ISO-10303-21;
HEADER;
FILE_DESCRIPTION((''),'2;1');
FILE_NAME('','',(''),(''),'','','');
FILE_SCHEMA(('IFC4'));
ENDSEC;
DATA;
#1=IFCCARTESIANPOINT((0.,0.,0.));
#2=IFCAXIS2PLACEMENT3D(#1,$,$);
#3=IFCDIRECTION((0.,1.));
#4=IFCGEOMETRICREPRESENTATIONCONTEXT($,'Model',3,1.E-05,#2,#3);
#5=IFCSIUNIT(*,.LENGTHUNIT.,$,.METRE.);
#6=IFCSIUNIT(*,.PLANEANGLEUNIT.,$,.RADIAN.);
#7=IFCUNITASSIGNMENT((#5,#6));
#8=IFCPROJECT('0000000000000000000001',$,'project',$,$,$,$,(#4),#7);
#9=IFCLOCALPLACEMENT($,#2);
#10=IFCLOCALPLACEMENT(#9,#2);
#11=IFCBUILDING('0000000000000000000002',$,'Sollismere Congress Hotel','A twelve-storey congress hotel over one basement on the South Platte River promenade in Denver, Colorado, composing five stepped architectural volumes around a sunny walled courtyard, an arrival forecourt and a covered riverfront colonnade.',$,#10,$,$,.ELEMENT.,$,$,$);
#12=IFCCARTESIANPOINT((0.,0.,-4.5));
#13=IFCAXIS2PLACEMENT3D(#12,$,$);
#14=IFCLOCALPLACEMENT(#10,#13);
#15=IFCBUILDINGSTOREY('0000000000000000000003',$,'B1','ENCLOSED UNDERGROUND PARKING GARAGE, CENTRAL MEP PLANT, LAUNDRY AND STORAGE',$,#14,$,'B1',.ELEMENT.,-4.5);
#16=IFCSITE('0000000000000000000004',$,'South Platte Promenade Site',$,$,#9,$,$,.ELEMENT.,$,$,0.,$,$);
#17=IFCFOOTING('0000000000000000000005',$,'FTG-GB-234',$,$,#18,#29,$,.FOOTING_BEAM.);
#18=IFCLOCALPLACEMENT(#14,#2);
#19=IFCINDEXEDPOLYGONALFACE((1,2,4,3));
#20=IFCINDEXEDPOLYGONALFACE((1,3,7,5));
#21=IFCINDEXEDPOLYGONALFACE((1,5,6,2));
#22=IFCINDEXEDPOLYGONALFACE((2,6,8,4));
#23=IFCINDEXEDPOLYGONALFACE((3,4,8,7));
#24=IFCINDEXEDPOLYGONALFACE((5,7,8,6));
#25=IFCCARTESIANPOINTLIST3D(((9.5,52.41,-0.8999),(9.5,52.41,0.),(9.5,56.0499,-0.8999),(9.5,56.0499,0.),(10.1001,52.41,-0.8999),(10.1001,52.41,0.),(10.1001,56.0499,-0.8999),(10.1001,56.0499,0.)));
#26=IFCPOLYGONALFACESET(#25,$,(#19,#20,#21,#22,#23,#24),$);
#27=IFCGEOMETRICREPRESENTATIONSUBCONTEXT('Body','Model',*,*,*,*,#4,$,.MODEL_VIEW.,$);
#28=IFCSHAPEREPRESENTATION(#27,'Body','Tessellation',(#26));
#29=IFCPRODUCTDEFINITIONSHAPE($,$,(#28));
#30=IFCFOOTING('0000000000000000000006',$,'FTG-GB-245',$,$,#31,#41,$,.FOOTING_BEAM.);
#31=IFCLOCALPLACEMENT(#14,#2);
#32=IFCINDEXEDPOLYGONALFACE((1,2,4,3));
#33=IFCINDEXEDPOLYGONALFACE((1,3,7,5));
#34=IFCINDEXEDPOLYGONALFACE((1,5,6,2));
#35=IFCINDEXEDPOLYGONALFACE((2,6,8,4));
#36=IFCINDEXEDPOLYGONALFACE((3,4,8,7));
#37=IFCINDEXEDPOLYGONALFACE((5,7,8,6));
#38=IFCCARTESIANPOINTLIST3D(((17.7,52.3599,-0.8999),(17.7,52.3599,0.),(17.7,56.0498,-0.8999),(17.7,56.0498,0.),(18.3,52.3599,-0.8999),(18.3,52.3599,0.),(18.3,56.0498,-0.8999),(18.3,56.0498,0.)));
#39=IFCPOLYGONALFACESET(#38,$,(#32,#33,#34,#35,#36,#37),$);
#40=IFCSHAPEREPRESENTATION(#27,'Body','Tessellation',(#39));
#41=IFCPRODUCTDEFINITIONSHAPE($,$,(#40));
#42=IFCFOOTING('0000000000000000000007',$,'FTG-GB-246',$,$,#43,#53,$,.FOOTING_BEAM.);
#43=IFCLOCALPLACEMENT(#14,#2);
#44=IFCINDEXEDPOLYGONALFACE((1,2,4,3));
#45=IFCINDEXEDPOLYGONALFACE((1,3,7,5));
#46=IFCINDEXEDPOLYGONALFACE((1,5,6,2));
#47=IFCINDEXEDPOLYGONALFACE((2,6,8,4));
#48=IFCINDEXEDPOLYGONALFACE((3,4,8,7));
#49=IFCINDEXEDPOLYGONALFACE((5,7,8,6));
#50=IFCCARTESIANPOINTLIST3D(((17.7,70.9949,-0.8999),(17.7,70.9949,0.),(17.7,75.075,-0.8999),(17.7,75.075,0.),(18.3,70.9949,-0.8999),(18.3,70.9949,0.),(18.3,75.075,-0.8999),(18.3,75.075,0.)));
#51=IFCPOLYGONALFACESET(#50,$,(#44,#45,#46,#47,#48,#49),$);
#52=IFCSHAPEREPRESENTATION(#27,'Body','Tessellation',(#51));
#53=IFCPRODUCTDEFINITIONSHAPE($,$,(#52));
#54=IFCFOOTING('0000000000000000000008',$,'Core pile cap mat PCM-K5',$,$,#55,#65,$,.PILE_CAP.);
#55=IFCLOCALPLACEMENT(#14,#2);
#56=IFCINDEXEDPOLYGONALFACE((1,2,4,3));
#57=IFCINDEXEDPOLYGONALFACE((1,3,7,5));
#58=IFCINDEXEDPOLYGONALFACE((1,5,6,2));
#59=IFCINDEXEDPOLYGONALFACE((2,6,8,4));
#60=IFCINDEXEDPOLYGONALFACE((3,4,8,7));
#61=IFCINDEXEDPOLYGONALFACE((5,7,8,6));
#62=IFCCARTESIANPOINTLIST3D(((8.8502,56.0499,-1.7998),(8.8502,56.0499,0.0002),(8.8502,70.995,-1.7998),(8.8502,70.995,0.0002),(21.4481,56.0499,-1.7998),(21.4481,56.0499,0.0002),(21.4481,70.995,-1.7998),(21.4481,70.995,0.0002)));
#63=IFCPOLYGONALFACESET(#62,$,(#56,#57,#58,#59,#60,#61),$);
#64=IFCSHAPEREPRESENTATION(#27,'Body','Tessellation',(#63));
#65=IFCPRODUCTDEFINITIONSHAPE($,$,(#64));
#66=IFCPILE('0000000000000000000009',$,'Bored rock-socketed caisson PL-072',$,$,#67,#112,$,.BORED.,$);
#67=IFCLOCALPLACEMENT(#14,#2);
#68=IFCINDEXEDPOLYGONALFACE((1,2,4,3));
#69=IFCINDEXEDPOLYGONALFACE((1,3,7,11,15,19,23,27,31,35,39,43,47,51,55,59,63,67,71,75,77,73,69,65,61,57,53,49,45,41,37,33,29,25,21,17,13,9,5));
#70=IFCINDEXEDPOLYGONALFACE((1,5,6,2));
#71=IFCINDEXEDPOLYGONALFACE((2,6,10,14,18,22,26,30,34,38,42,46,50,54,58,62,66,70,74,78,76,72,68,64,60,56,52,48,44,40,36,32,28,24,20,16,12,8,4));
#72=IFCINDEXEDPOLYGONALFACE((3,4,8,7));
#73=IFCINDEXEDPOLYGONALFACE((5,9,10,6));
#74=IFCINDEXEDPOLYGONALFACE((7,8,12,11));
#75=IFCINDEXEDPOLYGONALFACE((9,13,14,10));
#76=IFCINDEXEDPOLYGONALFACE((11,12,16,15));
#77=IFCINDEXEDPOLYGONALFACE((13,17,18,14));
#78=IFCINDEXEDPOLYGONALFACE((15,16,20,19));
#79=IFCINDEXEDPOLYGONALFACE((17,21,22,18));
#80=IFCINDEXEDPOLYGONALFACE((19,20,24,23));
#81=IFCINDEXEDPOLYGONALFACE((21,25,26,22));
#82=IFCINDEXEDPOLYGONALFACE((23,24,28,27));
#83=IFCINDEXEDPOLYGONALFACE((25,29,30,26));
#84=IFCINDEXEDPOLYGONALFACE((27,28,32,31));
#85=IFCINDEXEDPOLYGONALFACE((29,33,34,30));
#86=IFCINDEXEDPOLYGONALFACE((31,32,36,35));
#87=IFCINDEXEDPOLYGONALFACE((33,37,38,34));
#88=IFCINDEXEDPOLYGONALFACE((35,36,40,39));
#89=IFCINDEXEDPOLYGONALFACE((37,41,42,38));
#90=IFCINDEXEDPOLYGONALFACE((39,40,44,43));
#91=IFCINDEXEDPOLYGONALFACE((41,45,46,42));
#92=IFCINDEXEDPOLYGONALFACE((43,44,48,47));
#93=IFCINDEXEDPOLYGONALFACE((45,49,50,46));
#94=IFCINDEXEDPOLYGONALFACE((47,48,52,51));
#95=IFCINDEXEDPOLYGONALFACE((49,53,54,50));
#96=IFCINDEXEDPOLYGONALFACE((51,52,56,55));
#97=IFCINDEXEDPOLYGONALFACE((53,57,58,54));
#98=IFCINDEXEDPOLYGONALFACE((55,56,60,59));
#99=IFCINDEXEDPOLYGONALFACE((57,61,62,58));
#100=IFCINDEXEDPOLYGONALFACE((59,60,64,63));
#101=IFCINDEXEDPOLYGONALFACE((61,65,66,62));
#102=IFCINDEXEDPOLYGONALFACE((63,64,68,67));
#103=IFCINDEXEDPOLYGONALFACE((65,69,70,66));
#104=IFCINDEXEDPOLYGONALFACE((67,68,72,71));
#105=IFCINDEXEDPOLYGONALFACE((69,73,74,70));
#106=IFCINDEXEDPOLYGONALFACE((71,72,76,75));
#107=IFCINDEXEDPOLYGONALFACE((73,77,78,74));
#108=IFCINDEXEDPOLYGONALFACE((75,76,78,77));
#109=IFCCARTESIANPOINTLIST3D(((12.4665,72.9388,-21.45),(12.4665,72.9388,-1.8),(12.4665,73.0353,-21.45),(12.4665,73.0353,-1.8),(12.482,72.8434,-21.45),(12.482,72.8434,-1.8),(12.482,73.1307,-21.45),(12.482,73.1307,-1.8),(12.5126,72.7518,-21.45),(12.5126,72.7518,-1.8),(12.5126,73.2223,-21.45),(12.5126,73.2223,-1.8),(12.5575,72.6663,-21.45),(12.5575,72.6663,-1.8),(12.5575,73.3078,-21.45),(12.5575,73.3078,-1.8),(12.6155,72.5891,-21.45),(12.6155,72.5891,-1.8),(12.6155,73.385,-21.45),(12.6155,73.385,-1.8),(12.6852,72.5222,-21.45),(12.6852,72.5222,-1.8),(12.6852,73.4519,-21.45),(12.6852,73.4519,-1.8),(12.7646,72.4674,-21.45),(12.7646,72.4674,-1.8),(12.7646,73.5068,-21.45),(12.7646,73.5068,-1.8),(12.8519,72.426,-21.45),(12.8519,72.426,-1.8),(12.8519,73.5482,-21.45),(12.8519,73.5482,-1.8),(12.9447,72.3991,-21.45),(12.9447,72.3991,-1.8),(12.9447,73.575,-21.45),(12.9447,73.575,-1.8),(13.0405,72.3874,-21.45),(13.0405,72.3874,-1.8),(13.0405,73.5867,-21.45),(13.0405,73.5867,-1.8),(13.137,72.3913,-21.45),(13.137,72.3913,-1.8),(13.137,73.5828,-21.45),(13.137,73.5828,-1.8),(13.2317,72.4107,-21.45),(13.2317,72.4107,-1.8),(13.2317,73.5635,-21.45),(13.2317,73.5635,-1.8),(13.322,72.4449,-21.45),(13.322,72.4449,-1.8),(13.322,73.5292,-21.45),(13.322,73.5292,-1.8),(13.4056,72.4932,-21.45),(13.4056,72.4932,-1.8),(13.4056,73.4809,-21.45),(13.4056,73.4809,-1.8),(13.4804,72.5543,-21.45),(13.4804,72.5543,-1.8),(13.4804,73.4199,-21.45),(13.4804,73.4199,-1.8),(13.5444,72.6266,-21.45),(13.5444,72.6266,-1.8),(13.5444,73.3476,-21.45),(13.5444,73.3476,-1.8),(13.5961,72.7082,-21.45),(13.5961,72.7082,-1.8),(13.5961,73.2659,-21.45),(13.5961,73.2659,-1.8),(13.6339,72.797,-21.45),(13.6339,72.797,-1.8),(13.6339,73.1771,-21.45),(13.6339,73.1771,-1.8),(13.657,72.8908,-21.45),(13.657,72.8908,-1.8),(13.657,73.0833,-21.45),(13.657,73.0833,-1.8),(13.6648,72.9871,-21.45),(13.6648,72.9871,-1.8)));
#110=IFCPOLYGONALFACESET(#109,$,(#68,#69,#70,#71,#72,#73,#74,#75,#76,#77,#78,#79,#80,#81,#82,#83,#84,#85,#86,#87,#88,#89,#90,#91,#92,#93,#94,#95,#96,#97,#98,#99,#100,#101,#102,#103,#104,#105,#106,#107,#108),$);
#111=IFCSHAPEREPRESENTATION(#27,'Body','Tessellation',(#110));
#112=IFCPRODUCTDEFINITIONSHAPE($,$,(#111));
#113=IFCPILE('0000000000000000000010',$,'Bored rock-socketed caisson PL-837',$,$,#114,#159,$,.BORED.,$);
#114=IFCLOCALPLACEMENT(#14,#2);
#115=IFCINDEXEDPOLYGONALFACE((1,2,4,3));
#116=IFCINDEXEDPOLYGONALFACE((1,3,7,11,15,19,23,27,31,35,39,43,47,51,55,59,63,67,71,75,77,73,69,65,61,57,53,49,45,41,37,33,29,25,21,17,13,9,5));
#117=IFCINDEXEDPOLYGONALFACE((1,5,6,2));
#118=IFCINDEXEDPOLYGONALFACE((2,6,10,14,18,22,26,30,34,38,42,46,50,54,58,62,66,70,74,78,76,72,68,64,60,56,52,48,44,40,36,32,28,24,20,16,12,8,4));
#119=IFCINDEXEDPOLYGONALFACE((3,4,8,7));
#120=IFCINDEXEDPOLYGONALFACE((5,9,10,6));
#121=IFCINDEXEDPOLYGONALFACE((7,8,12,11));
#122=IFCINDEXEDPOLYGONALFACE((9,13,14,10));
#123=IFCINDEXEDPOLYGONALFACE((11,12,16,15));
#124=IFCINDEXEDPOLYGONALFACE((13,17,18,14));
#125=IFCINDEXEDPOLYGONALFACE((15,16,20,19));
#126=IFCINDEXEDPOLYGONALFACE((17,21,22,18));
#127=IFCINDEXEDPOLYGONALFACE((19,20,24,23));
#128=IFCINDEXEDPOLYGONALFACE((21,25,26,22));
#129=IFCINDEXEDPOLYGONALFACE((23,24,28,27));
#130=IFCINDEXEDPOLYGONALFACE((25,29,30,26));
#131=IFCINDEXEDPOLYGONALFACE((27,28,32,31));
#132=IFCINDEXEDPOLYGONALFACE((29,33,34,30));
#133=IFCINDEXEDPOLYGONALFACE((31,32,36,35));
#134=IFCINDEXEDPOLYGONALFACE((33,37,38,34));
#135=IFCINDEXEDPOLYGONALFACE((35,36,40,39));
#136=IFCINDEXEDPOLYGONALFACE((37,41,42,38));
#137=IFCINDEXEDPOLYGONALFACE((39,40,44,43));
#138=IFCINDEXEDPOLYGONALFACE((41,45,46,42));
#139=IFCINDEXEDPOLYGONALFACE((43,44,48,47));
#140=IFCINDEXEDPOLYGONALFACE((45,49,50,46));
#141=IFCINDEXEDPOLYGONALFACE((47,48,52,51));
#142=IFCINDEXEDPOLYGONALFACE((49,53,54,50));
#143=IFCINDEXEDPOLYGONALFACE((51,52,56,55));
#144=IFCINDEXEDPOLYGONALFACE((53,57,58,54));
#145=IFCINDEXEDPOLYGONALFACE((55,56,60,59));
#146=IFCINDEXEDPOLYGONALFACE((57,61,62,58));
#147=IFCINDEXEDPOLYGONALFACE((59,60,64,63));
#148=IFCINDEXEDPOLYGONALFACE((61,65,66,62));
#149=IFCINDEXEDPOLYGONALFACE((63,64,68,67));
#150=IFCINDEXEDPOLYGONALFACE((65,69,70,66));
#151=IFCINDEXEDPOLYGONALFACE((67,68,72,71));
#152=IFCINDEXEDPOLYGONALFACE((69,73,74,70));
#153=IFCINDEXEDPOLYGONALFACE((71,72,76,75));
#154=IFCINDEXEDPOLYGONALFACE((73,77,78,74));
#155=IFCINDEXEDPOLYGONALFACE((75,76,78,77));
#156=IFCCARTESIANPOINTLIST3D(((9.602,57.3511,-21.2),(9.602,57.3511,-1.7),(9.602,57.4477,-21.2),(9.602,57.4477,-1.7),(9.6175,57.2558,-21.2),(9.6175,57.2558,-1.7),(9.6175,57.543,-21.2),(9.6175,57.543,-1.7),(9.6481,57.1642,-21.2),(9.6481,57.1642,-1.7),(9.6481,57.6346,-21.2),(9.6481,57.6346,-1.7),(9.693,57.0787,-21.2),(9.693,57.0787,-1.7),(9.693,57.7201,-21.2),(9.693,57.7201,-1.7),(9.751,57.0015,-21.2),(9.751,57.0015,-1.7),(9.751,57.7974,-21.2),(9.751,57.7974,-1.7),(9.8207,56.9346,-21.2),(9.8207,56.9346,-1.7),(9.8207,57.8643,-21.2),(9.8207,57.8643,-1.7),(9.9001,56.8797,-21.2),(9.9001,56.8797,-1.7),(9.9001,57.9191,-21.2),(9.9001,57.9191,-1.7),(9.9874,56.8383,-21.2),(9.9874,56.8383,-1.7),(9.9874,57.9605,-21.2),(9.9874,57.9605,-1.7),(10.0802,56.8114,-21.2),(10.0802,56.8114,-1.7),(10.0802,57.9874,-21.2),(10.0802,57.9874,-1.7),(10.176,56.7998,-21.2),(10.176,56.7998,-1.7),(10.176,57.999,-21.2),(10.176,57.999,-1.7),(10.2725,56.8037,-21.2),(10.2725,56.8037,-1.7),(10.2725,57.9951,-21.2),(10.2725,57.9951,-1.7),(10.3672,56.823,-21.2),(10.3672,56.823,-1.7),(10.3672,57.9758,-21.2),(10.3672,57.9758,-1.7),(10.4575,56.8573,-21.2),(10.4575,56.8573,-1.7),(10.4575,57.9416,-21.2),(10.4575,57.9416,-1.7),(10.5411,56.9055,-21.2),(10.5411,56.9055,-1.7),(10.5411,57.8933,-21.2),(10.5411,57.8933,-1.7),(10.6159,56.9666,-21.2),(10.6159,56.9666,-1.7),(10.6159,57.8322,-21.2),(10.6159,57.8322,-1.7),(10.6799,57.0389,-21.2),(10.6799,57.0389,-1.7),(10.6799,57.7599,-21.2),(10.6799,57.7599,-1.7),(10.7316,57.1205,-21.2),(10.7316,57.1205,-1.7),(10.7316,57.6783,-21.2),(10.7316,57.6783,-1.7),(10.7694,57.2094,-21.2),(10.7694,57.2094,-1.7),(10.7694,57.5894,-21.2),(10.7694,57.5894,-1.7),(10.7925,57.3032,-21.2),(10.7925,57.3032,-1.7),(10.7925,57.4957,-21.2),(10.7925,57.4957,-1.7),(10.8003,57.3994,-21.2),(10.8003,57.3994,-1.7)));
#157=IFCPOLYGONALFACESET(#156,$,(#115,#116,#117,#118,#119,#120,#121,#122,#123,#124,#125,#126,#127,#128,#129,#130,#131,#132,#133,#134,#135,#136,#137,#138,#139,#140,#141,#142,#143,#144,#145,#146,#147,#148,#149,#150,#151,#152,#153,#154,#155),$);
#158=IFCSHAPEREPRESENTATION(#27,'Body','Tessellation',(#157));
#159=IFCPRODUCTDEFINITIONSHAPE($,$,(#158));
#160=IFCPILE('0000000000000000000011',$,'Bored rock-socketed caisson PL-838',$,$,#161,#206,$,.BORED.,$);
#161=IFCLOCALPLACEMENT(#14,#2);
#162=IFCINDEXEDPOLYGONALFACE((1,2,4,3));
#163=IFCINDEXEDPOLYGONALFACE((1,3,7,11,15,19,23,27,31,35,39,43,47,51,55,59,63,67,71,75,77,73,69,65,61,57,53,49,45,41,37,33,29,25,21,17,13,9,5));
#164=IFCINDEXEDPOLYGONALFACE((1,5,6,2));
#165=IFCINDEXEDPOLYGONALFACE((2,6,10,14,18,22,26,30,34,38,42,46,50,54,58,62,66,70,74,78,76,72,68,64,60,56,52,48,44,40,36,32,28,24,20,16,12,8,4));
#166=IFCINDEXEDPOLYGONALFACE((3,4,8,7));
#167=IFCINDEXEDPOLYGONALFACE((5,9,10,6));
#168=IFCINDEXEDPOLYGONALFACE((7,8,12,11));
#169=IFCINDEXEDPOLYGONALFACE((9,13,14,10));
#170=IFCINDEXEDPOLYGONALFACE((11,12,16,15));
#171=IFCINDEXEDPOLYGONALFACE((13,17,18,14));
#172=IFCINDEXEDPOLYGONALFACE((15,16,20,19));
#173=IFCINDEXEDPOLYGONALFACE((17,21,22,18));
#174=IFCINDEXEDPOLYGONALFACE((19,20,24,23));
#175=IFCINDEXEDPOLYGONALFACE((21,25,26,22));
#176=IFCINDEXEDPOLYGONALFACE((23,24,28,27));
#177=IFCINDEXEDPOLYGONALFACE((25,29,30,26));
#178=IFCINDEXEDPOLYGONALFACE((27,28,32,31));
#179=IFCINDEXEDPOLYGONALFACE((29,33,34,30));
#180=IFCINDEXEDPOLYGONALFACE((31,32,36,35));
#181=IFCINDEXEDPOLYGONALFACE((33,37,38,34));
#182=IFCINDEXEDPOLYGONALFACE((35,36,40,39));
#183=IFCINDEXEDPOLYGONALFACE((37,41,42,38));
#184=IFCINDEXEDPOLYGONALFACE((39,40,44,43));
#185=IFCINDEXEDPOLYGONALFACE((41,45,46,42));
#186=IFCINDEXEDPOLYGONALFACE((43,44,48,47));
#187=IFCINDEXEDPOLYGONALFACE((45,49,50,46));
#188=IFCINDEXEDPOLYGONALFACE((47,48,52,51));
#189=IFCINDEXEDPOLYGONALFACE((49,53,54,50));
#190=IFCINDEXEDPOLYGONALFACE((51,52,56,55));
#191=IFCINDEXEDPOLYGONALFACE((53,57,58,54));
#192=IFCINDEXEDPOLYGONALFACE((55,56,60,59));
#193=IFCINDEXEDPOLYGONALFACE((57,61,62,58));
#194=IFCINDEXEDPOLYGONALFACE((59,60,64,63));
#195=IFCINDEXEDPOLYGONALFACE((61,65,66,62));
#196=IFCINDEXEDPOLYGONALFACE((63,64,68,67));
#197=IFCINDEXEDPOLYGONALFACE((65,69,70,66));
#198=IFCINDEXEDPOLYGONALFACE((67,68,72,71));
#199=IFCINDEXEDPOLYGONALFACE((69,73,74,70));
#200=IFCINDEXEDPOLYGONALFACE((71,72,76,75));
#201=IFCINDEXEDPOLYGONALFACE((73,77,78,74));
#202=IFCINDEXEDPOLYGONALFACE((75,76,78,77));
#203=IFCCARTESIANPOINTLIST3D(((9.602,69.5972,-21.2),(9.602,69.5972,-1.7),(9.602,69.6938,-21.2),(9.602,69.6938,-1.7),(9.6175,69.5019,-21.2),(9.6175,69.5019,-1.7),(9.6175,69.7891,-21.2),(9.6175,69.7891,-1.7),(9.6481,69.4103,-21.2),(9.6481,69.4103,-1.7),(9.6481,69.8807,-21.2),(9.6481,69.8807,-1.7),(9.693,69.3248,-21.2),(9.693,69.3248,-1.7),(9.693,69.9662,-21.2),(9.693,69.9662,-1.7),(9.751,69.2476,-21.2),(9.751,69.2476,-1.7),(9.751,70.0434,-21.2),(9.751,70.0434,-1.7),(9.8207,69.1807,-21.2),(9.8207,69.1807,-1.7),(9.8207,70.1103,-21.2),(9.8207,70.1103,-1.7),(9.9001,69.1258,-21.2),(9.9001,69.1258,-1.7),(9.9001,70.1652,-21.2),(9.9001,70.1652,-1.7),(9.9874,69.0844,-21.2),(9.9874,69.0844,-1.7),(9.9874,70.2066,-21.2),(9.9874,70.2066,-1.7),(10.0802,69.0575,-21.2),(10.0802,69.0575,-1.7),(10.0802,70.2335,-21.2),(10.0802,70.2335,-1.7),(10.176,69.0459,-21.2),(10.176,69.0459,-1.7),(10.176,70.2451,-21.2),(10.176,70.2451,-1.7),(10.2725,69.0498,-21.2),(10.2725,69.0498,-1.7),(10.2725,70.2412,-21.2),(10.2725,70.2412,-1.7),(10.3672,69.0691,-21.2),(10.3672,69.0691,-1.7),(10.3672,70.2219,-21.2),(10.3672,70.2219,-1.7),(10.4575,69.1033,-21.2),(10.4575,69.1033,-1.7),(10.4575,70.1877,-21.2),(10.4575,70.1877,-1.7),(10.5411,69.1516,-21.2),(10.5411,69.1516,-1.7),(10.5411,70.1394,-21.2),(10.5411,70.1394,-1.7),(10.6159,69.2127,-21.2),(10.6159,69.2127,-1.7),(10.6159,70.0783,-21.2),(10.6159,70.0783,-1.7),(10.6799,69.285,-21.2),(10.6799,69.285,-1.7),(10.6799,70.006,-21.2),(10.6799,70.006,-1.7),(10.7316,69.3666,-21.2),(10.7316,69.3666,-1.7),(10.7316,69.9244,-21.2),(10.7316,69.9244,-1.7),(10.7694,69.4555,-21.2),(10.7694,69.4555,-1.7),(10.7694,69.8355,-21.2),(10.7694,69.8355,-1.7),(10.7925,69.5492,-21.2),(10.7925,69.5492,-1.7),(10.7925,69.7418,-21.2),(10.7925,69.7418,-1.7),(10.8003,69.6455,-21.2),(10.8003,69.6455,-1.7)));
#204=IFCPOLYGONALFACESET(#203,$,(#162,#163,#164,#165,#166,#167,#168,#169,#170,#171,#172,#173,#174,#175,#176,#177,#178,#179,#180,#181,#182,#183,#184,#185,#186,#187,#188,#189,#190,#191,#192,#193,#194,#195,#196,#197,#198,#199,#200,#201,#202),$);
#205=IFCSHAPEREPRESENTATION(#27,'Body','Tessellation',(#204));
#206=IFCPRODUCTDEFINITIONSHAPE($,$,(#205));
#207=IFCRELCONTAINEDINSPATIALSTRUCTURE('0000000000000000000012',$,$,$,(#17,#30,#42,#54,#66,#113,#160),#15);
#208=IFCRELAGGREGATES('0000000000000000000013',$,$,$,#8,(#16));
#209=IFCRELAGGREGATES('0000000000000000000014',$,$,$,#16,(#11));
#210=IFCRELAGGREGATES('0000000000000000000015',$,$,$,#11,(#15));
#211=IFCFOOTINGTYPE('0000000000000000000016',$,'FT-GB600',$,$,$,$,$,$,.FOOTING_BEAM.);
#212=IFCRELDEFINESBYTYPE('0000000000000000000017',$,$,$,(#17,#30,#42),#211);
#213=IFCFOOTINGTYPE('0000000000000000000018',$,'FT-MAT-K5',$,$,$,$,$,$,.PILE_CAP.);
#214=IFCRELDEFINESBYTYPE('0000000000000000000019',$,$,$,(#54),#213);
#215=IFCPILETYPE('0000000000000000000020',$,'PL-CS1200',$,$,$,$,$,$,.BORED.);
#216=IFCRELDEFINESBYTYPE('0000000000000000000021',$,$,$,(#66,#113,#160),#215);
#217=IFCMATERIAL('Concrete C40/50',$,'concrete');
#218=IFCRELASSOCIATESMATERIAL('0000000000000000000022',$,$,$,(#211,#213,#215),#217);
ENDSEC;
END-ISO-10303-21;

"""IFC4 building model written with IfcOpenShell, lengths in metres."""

from ifc_helpers import new_model, si_unit, direction, frame, origin, origin_2d, place, context, subcontext, project, spatial, rectangle, circle, extrude, material, material_profile, profile_set, type_object, element, save


model = new_model("IFC4")

# Units and contexts
model_context = context("Model", 3, precision=1e-05, world=origin(), true_north=direction((0.0, 1.0)))
body_context = subcontext(model_context, "Body", "Model", "MODEL_VIEW")
ifc_project = project(units=[si_unit("LENGTHUNIT", "METRE"), si_unit("PLANEANGLEUNIT", "RADIAN")], contexts=[model_context])

# Site, building, storey
site_placement = place(None, origin())
site = spatial("IfcSite", under=ifc_project, at=site_placement, Name="South Platte Promenade Site", CompositionType="ELEMENT", RefElevation=0.0)
building_placement = place(site_placement, origin())
building = spatial("IfcBuilding", under=site, at=building_placement, Name="Sollismere Congress Hotel", Description="A twelve-storey congress hotel over one basement on the South Platte River promenade in Denver, Colorado, composing five stepped architectural volumes around a sunny walled courtyard, an arrival forecourt and a covered riverfront colonnade.", CompositionType="ELEMENT")
storey_placement = place(building_placement, frame((0.0, 0.0, -4.5)))
storey = spatial("IfcBuildingStorey", under=building, at=storey_placement, Name="B1", Description="ENCLOSED UNDERGROUND PARKING GARAGE, CENTRAL MEP PLANT, LAUNDRY AND STORAGE", LongName="B1", CompositionType="ELEMENT", Elevation=-4.5)

# Footings
ifc_material_1 = material(Name="Concrete C40/50", Category="concrete")
footing_type_1 = type_object("IfcFootingType", Name="FT-GB600", PredefinedType="FOOTING_BEAM", material=ifc_material_1)
footing_1_placement = place(storey_placement, frame((9.8, 54.23, -0.8999), z_axis=(0.0, 0.0, 1.0), x_axis=(0.0, 1.0, 0.0)))
element("IfcFooting", 1, at=footing_1_placement, inside=storey, type_object=footing_type_1, Name="FTG-GB-234", PredefinedType="FOOTING_BEAM", context=body_context, shape_type="SweptSolid", body=[
    extrude(rectangle(XDim=3.6399, YDim=0.6001, at=origin_2d()), origin(), (0.0, 0.0, 1.0), 0.8999),
])
footing_2_placement = place(storey_placement, frame((18.0, 54.2048, -0.8999), z_axis=(0.0, 0.0, 1.0), x_axis=(0.0, 1.0, 0.0)))
element("IfcFooting", 2, at=footing_2_placement, inside=storey, type_object=footing_type_1, Name="FTG-GB-245", PredefinedType="FOOTING_BEAM", context=body_context, shape_type="SweptSolid", body=[
    extrude(rectangle(XDim=3.6899, YDim=0.6001, at=origin_2d()), origin(), (0.0, 0.0, 1.0), 0.8999),
])
footing_3_placement = place(storey_placement, frame((18.0, 73.0349, -0.8999), z_axis=(0.0, 0.0, 1.0), x_axis=(0.0, 1.0, 0.0)))
element("IfcFooting", 3, at=footing_3_placement, inside=storey, type_object=footing_type_1, Name="FTG-GB-246", PredefinedType="FOOTING_BEAM", context=body_context, shape_type="SweptSolid", body=[
    extrude(rectangle(XDim=4.0801, YDim=0.6001, at=origin_2d()), origin(), (0.0, 0.0, 1.0), 0.8999),
])
footing_type_2 = type_object("IfcFootingType", Name="FT-MAT-K5", PredefinedType="PILE_CAP", material=ifc_material_1)
footing_4_placement = place(storey_placement, frame((15.1492, 63.5225, -1.7998), z_axis=(0.0, 0.0, 1.0), x_axis=(1.0, 0.0, 0.0)))
element("IfcFooting", 4, at=footing_4_placement, inside=storey, type_object=footing_type_2, Name="Core pile cap mat PCM-K5", PredefinedType="PILE_CAP", context=body_context, shape_type="SweptSolid", body=[
    extrude(rectangle(XDim=12.5979, YDim=14.9451, at=origin_2d()), origin(), (0.0, 0.0, 1.0), 1.8),
])

# Piles
ifc_material_profile_1 = material_profile(ifc_material_1, circle(Radius=0.6001, at=origin_2d()), Name="CAISSON1200")
ifc_profile_set_1 = profile_set([ifc_material_profile_1], Name="Concrete C40/50")
pile_type = type_object("IfcPileType", Name="PL-CS1200", PredefinedType="BORED", material=ifc_profile_set_1)
pile_placement = place(storey_placement, frame((13.0647, 72.9871, -1.8), z_axis=(0.0, 0.0, -1.0), x_axis=(1.0, 0.0, 0.0)))
element("IfcPile", 5, at=pile_placement, inside=storey, type_object=pile_type, Name="Bored rock-socketed caisson PL-072", PredefinedType="BORED", context=body_context, shape_type="SweptSolid", body=[
    extrude(circle(Radius=0.6001, at=origin_2d()), origin(), (0.0, 0.0, 1.0), 19.6499),
])
for number, where, z_axis, x_axis, name in (
    (6, (10.2002, 57.3994, -1.7), (0.0, 0.0, -1.0), (1.0, 0.0, 0.0), "Bored rock-socketed caisson PL-837"),
    (7, (10.2002, 69.6455, -1.7), (0.0, 0.0, -1.0), (1.0, 0.0, 0.0), "Bored rock-socketed caisson PL-838"),
):
    element("IfcPile", number, at=place(storey_placement, frame(where, z_axis=z_axis, x_axis=x_axis)), inside=storey, type_object=pile_type, Name=name, PredefinedType="BORED", context=body_context, shape_type="SweptSolid", body=[
        extrude(circle(Radius=0.6001, at=origin_2d()), origin(), (0.0, 0.0, 1.0), 19.5),
    ])

save(model, "model.ifc")
